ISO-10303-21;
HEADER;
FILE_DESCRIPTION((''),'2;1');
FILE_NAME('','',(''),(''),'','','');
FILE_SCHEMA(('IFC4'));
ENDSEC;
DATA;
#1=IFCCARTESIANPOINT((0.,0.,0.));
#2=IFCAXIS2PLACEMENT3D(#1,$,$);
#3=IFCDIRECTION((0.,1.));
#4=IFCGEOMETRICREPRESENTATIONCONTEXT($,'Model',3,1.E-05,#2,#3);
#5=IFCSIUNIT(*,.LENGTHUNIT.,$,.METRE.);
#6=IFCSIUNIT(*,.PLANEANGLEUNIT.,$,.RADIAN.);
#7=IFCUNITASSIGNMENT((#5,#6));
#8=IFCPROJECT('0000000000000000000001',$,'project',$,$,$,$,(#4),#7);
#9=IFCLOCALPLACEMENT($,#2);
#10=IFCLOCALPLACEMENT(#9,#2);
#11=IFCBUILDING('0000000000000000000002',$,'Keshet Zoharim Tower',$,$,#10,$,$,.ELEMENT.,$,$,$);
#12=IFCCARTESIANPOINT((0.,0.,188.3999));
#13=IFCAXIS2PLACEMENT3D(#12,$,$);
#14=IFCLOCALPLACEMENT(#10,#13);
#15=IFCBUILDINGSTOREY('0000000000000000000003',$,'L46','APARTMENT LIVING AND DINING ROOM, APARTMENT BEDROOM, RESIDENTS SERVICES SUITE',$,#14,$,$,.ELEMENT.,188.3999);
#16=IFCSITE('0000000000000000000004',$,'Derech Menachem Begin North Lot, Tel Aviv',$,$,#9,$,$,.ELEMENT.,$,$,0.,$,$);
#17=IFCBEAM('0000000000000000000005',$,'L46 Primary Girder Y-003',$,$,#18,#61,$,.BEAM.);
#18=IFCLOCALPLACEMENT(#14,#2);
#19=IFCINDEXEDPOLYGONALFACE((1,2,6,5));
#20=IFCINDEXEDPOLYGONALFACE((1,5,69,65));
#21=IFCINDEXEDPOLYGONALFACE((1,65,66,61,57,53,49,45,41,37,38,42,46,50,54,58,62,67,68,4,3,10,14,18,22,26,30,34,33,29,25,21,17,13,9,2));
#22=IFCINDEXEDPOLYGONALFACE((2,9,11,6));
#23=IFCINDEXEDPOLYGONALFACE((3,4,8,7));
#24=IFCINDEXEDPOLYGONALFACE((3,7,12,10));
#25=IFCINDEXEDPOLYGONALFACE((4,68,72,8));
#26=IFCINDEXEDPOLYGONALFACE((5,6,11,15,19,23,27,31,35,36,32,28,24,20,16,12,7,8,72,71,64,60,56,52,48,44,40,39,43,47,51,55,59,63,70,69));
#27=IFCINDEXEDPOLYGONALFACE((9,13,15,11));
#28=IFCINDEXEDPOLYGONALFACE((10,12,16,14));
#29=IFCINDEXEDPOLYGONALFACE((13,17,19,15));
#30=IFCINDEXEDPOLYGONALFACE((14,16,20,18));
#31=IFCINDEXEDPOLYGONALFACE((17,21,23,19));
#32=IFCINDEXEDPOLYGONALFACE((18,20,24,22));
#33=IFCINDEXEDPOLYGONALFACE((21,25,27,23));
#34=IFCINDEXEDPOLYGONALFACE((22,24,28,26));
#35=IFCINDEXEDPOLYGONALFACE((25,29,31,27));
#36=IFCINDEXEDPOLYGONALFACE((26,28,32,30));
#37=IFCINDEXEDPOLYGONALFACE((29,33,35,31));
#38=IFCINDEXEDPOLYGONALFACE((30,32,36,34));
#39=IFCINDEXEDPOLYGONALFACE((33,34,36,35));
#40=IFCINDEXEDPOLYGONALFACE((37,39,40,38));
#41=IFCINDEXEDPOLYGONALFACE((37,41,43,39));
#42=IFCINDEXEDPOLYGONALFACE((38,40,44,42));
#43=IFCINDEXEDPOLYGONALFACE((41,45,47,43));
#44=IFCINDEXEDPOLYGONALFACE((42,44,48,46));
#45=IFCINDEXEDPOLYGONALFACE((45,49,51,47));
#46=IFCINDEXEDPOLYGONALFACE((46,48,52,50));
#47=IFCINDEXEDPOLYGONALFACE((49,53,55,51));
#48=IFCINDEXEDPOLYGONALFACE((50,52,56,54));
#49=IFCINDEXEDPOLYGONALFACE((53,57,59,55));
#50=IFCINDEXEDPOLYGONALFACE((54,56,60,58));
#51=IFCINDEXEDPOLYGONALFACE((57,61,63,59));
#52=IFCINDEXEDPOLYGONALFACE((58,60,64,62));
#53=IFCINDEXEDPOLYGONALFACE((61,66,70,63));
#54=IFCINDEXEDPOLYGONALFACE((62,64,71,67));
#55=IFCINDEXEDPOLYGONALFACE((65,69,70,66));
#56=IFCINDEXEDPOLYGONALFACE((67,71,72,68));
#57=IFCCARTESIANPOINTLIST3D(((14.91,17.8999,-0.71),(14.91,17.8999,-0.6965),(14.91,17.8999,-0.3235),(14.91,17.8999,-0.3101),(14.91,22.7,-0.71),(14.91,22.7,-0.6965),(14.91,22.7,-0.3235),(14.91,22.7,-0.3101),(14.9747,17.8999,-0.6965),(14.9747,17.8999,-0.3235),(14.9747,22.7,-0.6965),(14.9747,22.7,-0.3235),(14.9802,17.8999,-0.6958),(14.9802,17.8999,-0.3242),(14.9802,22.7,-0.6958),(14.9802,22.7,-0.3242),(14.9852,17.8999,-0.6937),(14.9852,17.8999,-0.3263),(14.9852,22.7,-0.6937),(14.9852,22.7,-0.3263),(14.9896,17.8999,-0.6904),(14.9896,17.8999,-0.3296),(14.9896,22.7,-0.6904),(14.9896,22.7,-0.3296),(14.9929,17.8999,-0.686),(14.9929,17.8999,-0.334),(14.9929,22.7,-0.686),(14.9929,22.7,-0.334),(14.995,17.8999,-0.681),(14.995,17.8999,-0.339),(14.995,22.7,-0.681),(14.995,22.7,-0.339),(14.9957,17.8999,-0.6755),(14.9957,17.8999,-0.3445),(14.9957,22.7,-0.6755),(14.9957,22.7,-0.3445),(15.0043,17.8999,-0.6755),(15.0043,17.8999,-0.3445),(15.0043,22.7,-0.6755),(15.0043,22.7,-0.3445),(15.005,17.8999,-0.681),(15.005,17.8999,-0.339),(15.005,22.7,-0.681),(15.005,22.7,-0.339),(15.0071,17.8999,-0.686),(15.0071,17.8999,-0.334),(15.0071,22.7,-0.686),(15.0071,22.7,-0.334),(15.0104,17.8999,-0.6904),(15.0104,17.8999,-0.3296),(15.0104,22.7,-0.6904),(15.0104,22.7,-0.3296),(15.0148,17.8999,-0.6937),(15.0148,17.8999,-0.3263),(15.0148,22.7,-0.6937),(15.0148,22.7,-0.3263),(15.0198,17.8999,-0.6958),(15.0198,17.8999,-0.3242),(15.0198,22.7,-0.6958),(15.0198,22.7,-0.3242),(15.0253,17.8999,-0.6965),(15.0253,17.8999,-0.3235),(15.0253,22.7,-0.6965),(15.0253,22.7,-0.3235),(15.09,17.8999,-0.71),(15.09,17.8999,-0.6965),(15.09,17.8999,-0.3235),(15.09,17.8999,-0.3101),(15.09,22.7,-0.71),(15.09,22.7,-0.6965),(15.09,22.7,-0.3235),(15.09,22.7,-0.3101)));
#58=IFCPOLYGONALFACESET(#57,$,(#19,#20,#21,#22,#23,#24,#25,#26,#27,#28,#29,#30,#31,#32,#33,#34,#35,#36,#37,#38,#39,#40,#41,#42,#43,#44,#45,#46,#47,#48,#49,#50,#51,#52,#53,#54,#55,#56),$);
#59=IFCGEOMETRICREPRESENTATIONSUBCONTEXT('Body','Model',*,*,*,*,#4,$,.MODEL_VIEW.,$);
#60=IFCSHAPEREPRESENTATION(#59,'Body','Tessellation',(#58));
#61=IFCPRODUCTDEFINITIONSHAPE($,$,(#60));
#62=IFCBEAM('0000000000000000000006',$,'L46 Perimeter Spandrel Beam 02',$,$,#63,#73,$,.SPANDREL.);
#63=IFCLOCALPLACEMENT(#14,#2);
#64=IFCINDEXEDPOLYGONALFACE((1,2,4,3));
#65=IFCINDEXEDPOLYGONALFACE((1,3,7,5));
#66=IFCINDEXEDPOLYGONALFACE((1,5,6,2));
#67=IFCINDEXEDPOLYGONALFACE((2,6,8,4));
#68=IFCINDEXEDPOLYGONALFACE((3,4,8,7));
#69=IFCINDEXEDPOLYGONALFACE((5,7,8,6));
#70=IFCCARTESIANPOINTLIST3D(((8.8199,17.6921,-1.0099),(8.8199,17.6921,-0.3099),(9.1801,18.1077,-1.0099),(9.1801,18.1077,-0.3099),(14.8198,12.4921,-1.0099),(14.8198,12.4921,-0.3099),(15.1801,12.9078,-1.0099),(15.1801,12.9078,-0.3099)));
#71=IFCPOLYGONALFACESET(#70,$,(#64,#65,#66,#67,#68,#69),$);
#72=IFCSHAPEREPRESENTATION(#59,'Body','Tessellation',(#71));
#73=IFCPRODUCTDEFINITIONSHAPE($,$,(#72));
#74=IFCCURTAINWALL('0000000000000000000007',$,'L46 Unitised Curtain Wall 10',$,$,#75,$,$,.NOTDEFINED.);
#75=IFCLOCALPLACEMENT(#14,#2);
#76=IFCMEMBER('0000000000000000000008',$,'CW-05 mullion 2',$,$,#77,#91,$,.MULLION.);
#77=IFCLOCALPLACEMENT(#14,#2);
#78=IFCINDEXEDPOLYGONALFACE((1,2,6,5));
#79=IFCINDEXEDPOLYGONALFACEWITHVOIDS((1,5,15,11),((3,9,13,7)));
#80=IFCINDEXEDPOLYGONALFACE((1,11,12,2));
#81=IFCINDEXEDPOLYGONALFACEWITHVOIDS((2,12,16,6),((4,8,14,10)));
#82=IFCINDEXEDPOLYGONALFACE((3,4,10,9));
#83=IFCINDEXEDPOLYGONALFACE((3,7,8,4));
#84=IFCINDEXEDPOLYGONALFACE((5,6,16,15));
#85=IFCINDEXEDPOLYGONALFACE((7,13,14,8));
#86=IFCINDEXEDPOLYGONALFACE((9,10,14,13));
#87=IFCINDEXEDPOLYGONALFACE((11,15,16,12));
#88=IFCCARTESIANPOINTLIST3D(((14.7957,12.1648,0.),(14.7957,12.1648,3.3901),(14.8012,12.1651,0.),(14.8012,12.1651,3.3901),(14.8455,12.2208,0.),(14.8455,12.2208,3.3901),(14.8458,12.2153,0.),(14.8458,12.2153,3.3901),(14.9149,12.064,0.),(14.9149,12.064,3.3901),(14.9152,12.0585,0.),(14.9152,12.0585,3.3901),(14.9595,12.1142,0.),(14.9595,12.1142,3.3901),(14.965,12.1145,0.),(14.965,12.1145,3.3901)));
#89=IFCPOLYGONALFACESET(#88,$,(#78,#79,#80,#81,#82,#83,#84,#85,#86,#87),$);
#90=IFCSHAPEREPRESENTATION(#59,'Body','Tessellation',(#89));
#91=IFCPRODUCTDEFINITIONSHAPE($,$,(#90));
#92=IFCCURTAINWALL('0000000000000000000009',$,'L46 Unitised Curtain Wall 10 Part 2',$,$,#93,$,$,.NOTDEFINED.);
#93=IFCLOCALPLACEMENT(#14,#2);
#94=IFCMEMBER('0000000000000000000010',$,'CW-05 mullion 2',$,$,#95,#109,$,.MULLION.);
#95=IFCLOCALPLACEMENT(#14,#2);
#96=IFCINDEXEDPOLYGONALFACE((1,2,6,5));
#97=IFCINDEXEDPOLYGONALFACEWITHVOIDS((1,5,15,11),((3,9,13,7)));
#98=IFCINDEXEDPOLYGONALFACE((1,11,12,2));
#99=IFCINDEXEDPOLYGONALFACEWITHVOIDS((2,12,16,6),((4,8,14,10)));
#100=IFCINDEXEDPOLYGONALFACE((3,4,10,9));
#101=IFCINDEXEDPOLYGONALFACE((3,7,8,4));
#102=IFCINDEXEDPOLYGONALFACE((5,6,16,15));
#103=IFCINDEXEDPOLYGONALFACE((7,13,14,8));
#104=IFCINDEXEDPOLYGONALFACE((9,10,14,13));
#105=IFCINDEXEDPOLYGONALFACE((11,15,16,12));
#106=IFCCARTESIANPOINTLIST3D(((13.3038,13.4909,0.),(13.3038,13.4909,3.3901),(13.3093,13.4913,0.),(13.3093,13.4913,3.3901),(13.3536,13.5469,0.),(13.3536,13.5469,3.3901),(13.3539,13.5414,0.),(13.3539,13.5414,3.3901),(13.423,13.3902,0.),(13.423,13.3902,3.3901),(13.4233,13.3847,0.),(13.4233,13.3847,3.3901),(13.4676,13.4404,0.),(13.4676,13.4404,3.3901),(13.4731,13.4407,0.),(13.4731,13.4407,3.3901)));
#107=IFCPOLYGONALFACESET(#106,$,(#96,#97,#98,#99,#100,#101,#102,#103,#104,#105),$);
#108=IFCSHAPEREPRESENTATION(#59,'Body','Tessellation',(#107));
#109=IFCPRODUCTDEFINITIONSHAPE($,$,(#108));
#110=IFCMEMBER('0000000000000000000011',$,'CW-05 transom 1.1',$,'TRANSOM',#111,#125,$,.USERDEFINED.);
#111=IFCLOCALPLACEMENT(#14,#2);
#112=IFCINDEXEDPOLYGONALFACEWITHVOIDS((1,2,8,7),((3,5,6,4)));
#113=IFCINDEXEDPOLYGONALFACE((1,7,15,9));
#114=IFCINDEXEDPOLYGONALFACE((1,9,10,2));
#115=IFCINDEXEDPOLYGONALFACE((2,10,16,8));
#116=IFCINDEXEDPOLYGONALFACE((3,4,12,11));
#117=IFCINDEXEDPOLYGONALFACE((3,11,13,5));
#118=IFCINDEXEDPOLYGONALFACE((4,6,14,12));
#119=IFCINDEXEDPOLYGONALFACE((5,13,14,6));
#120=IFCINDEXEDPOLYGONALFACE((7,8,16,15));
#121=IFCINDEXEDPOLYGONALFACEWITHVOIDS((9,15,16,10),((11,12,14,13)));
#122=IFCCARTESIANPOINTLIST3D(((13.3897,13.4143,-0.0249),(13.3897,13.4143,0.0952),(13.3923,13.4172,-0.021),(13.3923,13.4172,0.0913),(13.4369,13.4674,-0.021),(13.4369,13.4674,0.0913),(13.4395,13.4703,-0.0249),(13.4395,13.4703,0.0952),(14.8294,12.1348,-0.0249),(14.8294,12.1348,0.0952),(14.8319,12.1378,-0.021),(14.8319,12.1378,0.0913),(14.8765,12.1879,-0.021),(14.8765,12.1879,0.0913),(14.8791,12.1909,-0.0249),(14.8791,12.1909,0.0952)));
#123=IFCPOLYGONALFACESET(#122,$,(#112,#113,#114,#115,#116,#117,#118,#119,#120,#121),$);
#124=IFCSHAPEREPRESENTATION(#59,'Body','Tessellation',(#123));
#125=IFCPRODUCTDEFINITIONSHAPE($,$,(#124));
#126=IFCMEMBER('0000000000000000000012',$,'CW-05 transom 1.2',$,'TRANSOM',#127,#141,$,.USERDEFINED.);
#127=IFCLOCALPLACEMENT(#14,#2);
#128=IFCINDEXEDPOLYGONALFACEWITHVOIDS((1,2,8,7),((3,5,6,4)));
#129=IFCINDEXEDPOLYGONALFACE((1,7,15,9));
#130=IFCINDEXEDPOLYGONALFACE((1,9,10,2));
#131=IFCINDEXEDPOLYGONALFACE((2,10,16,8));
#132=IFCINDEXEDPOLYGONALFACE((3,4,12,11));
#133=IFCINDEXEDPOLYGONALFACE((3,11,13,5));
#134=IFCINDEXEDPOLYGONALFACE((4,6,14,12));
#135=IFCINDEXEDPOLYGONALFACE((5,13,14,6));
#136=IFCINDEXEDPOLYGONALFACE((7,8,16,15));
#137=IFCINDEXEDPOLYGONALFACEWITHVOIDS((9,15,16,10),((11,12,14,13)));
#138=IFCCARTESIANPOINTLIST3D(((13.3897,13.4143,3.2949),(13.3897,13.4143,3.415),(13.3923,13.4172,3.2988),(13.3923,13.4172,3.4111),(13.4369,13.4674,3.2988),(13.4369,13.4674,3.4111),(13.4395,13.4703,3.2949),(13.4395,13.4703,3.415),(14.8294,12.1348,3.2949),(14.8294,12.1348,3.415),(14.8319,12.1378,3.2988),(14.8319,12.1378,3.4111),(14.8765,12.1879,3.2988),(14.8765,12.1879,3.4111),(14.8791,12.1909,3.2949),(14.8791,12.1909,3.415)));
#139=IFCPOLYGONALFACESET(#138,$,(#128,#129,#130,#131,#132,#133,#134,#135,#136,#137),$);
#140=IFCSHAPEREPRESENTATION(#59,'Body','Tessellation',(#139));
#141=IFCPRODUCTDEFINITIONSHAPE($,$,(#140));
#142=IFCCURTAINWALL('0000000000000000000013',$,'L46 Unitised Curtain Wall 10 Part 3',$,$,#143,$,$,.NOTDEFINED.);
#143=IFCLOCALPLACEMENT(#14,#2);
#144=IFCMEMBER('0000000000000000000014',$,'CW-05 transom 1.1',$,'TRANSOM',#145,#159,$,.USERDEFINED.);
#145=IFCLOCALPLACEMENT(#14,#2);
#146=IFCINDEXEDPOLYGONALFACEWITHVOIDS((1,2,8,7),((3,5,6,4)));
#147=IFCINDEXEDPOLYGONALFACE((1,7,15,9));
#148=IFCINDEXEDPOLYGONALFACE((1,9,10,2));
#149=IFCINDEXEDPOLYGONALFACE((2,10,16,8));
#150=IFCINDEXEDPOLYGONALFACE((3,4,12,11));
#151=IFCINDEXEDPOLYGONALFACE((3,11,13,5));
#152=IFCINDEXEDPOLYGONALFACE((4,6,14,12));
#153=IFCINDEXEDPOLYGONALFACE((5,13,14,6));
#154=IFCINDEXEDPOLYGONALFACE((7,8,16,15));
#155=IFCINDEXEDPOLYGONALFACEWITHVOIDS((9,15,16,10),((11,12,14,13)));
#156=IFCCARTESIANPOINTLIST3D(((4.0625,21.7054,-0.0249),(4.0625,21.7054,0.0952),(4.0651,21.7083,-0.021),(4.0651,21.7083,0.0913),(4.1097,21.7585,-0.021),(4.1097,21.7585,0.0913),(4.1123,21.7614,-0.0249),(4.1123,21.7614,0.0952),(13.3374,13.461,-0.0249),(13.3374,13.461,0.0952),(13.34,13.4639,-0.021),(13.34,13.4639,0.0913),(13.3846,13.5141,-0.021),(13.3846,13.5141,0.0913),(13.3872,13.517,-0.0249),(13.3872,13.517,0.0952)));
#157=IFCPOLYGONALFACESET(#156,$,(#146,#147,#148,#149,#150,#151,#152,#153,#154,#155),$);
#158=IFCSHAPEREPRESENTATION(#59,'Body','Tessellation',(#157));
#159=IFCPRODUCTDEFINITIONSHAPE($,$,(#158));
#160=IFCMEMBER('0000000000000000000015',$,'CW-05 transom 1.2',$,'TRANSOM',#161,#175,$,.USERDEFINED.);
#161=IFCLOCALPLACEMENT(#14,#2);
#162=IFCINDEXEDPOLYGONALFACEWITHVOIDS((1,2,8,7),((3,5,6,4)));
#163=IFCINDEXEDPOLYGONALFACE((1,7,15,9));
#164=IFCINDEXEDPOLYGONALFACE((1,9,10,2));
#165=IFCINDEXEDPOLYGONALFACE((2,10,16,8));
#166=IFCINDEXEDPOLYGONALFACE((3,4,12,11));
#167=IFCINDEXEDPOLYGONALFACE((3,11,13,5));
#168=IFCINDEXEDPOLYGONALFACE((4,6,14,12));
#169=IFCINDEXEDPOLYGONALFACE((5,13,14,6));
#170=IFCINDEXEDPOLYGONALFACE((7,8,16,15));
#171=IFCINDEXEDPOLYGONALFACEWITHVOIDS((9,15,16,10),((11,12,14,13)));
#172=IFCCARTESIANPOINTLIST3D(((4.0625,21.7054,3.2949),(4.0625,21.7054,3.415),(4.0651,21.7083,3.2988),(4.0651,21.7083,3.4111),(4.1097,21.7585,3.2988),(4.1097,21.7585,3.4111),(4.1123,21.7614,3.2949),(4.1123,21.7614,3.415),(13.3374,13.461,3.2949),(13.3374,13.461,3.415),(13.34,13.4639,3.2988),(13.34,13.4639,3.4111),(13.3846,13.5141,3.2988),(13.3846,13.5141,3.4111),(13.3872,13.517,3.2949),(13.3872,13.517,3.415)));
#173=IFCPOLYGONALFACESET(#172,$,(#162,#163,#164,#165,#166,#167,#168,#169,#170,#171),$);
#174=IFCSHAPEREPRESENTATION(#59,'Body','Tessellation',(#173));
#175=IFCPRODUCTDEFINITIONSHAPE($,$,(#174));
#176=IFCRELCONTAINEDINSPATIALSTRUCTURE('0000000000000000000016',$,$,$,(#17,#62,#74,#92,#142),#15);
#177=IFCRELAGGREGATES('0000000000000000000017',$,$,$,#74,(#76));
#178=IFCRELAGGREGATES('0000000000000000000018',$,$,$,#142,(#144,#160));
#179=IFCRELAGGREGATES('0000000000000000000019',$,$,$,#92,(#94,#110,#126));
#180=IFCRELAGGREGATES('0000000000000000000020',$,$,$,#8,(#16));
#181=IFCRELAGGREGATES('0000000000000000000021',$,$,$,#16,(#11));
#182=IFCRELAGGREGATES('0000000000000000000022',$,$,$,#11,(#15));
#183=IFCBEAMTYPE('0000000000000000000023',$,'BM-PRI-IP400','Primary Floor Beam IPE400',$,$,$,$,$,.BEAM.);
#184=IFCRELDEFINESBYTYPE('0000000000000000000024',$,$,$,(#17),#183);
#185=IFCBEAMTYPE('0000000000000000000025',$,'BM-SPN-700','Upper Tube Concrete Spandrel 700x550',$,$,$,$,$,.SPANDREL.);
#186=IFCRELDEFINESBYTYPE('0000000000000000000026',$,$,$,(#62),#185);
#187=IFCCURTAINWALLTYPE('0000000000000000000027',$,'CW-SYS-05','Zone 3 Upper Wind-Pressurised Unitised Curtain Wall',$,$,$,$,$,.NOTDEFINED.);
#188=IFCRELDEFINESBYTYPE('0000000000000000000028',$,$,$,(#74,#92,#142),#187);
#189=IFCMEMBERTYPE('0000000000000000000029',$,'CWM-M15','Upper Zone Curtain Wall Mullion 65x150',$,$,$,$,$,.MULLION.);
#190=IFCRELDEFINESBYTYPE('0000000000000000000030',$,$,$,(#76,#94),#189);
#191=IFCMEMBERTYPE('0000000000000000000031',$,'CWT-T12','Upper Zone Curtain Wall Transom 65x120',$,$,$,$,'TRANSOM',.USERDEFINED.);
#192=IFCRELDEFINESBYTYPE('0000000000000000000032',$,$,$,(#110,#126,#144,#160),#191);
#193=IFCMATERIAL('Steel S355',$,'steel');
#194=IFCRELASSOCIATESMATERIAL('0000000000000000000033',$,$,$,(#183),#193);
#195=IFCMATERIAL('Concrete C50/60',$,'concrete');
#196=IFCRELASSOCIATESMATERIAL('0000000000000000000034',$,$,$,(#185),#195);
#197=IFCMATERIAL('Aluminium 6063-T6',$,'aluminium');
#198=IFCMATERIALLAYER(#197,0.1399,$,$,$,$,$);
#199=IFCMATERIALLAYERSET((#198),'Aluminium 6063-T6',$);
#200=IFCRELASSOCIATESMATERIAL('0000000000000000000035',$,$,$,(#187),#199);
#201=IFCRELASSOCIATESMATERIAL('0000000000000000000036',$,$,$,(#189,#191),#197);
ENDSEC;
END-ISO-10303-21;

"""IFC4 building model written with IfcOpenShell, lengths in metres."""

from ifc_helpers import new_model, si_unit, direction, frame, origin, origin_2d, place, context, subcontext, project, spatial, rectangle, hollow_rectangle, i_section, extrude, material, layer, layer_set, material_profile, profile_set, type_object, element, aggregate, save


model = new_model("IFC4")

# Units and contexts
model_context = context("Model", 3, precision=1e-05, world=origin(), true_north=direction((0.0, 1.0)))
body_context = subcontext(model_context, "Body", "Model", "MODEL_VIEW")
ifc_project = project(units=[si_unit("LENGTHUNIT", "METRE"), si_unit("PLANEANGLEUNIT", "RADIAN")], contexts=[model_context])

# Site, building, storey
site_placement = place(None, origin())
site = spatial("IfcSite", under=ifc_project, at=site_placement, Name="Derech Menachem Begin North Lot, Tel Aviv", CompositionType="ELEMENT", RefElevation=0.0)
building_placement = place(site_placement, origin())
building = spatial("IfcBuilding", under=site, at=building_placement, Name="Keshet Zoharim Tower", CompositionType="ELEMENT")
storey_placement = place(building_placement, frame((0.0, 0.0, 188.3999)))
storey = spatial("IfcBuildingStorey", under=building, at=storey_placement, Name="L46", Description="APARTMENT LIVING AND DINING ROOM, APARTMENT BEDROOM, RESIDENTS SERVICES SUITE", CompositionType="ELEMENT", Elevation=188.3999)

# Shared definitions
ifc_material_1 = material(Name="Steel S355", Category="steel")

# Beams
ifc_material_profile_1 = material_profile(ifc_material_1, i_section(OverallWidth=0.1799, OverallDepth=0.3999, WebThickness=0.0085, FlangeThickness=0.0134, FilletRadius=0.021, at=origin_2d()), Name="IPE400")
ifc_profile_set_1 = profile_set([ifc_material_profile_1], Name="Steel S355")
beam_type_1 = type_object("IfcBeamType", Name="BM-PRI-IP400", Description="Primary Floor Beam IPE400", PredefinedType="BEAM", material=ifc_profile_set_1)
beam_1_placement = place(storey_placement, frame((15.0, 17.8999, -0.51), z_axis=(0.0, 1.0, 0.0), x_axis=(-1.0, 0.0, 0.0)))
element("IfcBeam", 1, at=beam_1_placement, inside=storey, type_object=beam_type_1, Name="L46 Primary Girder Y-003", PredefinedType="BEAM", context=body_context, shape_type="SweptSolid", body=[
    extrude(i_section(OverallWidth=0.1799, OverallDepth=0.3999, WebThickness=0.0085, FlangeThickness=0.0134, FilletRadius=0.021, at=origin_2d()), origin(), (0.0, 0.0, 1.0), 4.8),
])
ifc_material_2 = material(Name="Concrete C50/60", Category="concrete")
ifc_material_profile_2 = material_profile(ifc_material_2, rectangle(XDim=0.55, YDim=0.7, at=origin_2d()), Name="RC700x550")
ifc_profile_set_2 = profile_set([ifc_material_profile_2], Name="Concrete C50/60")
beam_type_2 = type_object("IfcBeamType", Name="BM-SPN-700", Description="Upper Tube Concrete Spandrel 700x550", PredefinedType="SPANDREL", material=ifc_profile_set_2)
beam_2_placement = place(storey_placement, frame((9.0, 17.8999, -0.6599), z_axis=(0.755692, -0.654927, 0.0), x_axis=(0.654927, 0.755692, 0.0)))
element("IfcBeam", 2, at=beam_2_placement, inside=storey, type_object=beam_type_2, Name="L46 Perimeter Spandrel Beam 02", PredefinedType="SPANDREL", context=body_context, shape_type="SweptSolid", body=[
    extrude(rectangle(XDim=0.55, YDim=0.7, at=origin_2d()), origin(), (0.0, 0.0, 1.0), 7.9397),
])

# Curtain wall, member
ifc_material_3 = material(Name="Aluminium 6063-T6", Category="aluminium")
ifc_layer_1 = layer(ifc_material_3, 0.1399)
ifc_layer_set_1 = layer_set([ifc_layer_1], Name="Aluminium 6063-T6")
curtain_wall_type = type_object("IfcCurtainWallType", Name="CW-SYS-05", Description="Zone 3 Upper Wind-Pressurised Unitised Curtain Wall", PredefinedType="NOTDEFINED", material=ifc_layer_set_1)
curtain_wall_1_placement = place(storey_placement, origin())
curtain_wall_1 = element("IfcCurtainWall", 3, at=curtain_wall_1_placement, inside=storey, type_object=curtain_wall_type, Name="L46 Unitised Curtain Wall 10", PredefinedType="NOTDEFINED")
ifc_material_profile_3 = material_profile(ifc_material_3, hollow_rectangle(XDim=0.075, YDim=0.1599, WallThickness=0.0039, at=origin_2d()), Name="MUL-75x160")
ifc_profile_set_3 = profile_set([ifc_material_profile_3], Name="Aluminium 6063-T6")
member_type_1 = type_object("IfcMemberType", Name="CWM-M15", Description="Upper Zone Curtain Wall Mullion 65x150", PredefinedType="MULLION", material=ifc_profile_set_3)
member_1_placement = place(storey_placement, frame((14.8804, 12.1396, 0.0), z_axis=(0.0, 0.0, 1.0), x_axis=(-0.664368, -0.747406, 0.0)))
member_1 = element("IfcMember", 4, at=member_1_placement, type_object=member_type_1, Name="CW-05 mullion 2", PredefinedType="MULLION", context=body_context, shape_type="SweptSolid", body=[
    extrude(hollow_rectangle(XDim=0.075, YDim=0.1599, WallThickness=0.0039, at=origin_2d()), origin(), (0.0, 0.0, 1.0), 3.3901),
])
aggregate(curtain_wall_1, [member_1])

# Curtain walls, members
curtain_wall_2_placement = place(storey_placement, origin())
curtain_wall_2 = element("IfcCurtainWall", 5, at=curtain_wall_2_placement, inside=storey, type_object=curtain_wall_type, Name="L46 Unitised Curtain Wall 10 Part 2", PredefinedType="NOTDEFINED")
member_2_placement = place(storey_placement, frame((13.3884, 13.4658, 0.0), z_axis=(0.0, 0.0, 1.0), x_axis=(-0.66433, -0.74744, 0.0)))
member_2 = element("IfcMember", 6, at=member_2_placement, type_object=member_type_1, Name="CW-05 mullion 2", PredefinedType="MULLION", context=body_context, shape_type="SweptSolid", body=[
    extrude(hollow_rectangle(XDim=0.075, YDim=0.1599, WallThickness=0.0039, at=origin_2d()), origin(), (0.0, 0.0, 1.0), 3.3901),
])
ifc_material_profile_4 = material_profile(ifc_material_3, hollow_rectangle(XDim=0.075, YDim=0.1201, WallThickness=0.0039, at=origin_2d()), Name="TRN-75x120")
ifc_profile_set_4 = profile_set([ifc_material_profile_4], Name="Aluminium 6063-T6")
member_type_2 = type_object("IfcMemberType", Name="CWT-T12", Description="Upper Zone Curtain Wall Transom 65x120", ElementType="TRANSOM", PredefinedType="USERDEFINED", material=ifc_profile_set_4)
member_3_placement = place(storey_placement, frame((14.8542, 12.1628, 0.0352), z_axis=(-0.747458, 0.664309, 0.0), x_axis=(-0.664309, -0.747458, 0.0)))
member_3 = element("IfcMember", 7, at=member_3_placement, type_object=member_type_2, Name="CW-05 transom 1.1", ObjectType="TRANSOM", PredefinedType="USERDEFINED", context=body_context, shape_type="SweptSolid", body=[
    extrude(hollow_rectangle(XDim=0.075, YDim=0.1201, WallThickness=0.0039, at=origin_2d()), origin(), (0.0, 0.0, 1.0), 1.926),
])
member_4_placement = place(storey_placement, frame((14.8542, 12.1628, 3.355), z_axis=(-0.747458, 0.664309, 0.0), x_axis=(-0.664309, -0.747458, 0.0)))
member_4 = element("IfcMember", 8, at=member_4_placement, type_object=member_type_2, Name="CW-05 transom 1.2", ObjectType="TRANSOM", PredefinedType="USERDEFINED", context=body_context, shape_type="SweptSolid", body=[
    extrude(hollow_rectangle(XDim=0.075, YDim=0.1201, WallThickness=0.0039, at=origin_2d()), origin(), (0.0, 0.0, 1.0), 1.926),
])
curtain_wall_3_placement = place(storey_placement, origin())
curtain_wall_3 = element("IfcCurtainWall", 9, at=curtain_wall_3_placement, inside=storey, type_object=curtain_wall_type, Name="L46 Unitised Curtain Wall 10 Part 3", PredefinedType="NOTDEFINED")
member_5_placement = place(storey_placement, frame((13.3623, 13.489, 0.0352), z_axis=(-0.747408, 0.664365, 0.0), x_axis=(-0.664365, -0.747408, 0.0)))
member_5 = element("IfcMember", 10, at=member_5_placement, type_object=member_type_2, Name="CW-05 transom 1.1", ObjectType="TRANSOM", PredefinedType="USERDEFINED", context=body_context, shape_type="SweptSolid", body=[
    extrude(hollow_rectangle(XDim=0.075, YDim=0.1201, WallThickness=0.0039, at=origin_2d()), origin(), (0.0, 0.0, 1.0), 12.4094),
])
member_6_placement = place(storey_placement, frame((13.3623, 13.489, 3.355), z_axis=(-0.747408, 0.664365, 0.0), x_axis=(-0.664365, -0.747408, 0.0)))
member_6 = element("IfcMember", 11, at=member_6_placement, type_object=member_type_2, Name="CW-05 transom 1.2", ObjectType="TRANSOM", PredefinedType="USERDEFINED", context=body_context, shape_type="SweptSolid", body=[
    extrude(hollow_rectangle(XDim=0.075, YDim=0.1201, WallThickness=0.0039, at=origin_2d()), origin(), (0.0, 0.0, 1.0), 12.4094),
])

aggregate(curtain_wall_3, [member_5, member_6])
aggregate(curtain_wall_2, [member_2, member_3, member_4])

save(model, "model.ifc")
